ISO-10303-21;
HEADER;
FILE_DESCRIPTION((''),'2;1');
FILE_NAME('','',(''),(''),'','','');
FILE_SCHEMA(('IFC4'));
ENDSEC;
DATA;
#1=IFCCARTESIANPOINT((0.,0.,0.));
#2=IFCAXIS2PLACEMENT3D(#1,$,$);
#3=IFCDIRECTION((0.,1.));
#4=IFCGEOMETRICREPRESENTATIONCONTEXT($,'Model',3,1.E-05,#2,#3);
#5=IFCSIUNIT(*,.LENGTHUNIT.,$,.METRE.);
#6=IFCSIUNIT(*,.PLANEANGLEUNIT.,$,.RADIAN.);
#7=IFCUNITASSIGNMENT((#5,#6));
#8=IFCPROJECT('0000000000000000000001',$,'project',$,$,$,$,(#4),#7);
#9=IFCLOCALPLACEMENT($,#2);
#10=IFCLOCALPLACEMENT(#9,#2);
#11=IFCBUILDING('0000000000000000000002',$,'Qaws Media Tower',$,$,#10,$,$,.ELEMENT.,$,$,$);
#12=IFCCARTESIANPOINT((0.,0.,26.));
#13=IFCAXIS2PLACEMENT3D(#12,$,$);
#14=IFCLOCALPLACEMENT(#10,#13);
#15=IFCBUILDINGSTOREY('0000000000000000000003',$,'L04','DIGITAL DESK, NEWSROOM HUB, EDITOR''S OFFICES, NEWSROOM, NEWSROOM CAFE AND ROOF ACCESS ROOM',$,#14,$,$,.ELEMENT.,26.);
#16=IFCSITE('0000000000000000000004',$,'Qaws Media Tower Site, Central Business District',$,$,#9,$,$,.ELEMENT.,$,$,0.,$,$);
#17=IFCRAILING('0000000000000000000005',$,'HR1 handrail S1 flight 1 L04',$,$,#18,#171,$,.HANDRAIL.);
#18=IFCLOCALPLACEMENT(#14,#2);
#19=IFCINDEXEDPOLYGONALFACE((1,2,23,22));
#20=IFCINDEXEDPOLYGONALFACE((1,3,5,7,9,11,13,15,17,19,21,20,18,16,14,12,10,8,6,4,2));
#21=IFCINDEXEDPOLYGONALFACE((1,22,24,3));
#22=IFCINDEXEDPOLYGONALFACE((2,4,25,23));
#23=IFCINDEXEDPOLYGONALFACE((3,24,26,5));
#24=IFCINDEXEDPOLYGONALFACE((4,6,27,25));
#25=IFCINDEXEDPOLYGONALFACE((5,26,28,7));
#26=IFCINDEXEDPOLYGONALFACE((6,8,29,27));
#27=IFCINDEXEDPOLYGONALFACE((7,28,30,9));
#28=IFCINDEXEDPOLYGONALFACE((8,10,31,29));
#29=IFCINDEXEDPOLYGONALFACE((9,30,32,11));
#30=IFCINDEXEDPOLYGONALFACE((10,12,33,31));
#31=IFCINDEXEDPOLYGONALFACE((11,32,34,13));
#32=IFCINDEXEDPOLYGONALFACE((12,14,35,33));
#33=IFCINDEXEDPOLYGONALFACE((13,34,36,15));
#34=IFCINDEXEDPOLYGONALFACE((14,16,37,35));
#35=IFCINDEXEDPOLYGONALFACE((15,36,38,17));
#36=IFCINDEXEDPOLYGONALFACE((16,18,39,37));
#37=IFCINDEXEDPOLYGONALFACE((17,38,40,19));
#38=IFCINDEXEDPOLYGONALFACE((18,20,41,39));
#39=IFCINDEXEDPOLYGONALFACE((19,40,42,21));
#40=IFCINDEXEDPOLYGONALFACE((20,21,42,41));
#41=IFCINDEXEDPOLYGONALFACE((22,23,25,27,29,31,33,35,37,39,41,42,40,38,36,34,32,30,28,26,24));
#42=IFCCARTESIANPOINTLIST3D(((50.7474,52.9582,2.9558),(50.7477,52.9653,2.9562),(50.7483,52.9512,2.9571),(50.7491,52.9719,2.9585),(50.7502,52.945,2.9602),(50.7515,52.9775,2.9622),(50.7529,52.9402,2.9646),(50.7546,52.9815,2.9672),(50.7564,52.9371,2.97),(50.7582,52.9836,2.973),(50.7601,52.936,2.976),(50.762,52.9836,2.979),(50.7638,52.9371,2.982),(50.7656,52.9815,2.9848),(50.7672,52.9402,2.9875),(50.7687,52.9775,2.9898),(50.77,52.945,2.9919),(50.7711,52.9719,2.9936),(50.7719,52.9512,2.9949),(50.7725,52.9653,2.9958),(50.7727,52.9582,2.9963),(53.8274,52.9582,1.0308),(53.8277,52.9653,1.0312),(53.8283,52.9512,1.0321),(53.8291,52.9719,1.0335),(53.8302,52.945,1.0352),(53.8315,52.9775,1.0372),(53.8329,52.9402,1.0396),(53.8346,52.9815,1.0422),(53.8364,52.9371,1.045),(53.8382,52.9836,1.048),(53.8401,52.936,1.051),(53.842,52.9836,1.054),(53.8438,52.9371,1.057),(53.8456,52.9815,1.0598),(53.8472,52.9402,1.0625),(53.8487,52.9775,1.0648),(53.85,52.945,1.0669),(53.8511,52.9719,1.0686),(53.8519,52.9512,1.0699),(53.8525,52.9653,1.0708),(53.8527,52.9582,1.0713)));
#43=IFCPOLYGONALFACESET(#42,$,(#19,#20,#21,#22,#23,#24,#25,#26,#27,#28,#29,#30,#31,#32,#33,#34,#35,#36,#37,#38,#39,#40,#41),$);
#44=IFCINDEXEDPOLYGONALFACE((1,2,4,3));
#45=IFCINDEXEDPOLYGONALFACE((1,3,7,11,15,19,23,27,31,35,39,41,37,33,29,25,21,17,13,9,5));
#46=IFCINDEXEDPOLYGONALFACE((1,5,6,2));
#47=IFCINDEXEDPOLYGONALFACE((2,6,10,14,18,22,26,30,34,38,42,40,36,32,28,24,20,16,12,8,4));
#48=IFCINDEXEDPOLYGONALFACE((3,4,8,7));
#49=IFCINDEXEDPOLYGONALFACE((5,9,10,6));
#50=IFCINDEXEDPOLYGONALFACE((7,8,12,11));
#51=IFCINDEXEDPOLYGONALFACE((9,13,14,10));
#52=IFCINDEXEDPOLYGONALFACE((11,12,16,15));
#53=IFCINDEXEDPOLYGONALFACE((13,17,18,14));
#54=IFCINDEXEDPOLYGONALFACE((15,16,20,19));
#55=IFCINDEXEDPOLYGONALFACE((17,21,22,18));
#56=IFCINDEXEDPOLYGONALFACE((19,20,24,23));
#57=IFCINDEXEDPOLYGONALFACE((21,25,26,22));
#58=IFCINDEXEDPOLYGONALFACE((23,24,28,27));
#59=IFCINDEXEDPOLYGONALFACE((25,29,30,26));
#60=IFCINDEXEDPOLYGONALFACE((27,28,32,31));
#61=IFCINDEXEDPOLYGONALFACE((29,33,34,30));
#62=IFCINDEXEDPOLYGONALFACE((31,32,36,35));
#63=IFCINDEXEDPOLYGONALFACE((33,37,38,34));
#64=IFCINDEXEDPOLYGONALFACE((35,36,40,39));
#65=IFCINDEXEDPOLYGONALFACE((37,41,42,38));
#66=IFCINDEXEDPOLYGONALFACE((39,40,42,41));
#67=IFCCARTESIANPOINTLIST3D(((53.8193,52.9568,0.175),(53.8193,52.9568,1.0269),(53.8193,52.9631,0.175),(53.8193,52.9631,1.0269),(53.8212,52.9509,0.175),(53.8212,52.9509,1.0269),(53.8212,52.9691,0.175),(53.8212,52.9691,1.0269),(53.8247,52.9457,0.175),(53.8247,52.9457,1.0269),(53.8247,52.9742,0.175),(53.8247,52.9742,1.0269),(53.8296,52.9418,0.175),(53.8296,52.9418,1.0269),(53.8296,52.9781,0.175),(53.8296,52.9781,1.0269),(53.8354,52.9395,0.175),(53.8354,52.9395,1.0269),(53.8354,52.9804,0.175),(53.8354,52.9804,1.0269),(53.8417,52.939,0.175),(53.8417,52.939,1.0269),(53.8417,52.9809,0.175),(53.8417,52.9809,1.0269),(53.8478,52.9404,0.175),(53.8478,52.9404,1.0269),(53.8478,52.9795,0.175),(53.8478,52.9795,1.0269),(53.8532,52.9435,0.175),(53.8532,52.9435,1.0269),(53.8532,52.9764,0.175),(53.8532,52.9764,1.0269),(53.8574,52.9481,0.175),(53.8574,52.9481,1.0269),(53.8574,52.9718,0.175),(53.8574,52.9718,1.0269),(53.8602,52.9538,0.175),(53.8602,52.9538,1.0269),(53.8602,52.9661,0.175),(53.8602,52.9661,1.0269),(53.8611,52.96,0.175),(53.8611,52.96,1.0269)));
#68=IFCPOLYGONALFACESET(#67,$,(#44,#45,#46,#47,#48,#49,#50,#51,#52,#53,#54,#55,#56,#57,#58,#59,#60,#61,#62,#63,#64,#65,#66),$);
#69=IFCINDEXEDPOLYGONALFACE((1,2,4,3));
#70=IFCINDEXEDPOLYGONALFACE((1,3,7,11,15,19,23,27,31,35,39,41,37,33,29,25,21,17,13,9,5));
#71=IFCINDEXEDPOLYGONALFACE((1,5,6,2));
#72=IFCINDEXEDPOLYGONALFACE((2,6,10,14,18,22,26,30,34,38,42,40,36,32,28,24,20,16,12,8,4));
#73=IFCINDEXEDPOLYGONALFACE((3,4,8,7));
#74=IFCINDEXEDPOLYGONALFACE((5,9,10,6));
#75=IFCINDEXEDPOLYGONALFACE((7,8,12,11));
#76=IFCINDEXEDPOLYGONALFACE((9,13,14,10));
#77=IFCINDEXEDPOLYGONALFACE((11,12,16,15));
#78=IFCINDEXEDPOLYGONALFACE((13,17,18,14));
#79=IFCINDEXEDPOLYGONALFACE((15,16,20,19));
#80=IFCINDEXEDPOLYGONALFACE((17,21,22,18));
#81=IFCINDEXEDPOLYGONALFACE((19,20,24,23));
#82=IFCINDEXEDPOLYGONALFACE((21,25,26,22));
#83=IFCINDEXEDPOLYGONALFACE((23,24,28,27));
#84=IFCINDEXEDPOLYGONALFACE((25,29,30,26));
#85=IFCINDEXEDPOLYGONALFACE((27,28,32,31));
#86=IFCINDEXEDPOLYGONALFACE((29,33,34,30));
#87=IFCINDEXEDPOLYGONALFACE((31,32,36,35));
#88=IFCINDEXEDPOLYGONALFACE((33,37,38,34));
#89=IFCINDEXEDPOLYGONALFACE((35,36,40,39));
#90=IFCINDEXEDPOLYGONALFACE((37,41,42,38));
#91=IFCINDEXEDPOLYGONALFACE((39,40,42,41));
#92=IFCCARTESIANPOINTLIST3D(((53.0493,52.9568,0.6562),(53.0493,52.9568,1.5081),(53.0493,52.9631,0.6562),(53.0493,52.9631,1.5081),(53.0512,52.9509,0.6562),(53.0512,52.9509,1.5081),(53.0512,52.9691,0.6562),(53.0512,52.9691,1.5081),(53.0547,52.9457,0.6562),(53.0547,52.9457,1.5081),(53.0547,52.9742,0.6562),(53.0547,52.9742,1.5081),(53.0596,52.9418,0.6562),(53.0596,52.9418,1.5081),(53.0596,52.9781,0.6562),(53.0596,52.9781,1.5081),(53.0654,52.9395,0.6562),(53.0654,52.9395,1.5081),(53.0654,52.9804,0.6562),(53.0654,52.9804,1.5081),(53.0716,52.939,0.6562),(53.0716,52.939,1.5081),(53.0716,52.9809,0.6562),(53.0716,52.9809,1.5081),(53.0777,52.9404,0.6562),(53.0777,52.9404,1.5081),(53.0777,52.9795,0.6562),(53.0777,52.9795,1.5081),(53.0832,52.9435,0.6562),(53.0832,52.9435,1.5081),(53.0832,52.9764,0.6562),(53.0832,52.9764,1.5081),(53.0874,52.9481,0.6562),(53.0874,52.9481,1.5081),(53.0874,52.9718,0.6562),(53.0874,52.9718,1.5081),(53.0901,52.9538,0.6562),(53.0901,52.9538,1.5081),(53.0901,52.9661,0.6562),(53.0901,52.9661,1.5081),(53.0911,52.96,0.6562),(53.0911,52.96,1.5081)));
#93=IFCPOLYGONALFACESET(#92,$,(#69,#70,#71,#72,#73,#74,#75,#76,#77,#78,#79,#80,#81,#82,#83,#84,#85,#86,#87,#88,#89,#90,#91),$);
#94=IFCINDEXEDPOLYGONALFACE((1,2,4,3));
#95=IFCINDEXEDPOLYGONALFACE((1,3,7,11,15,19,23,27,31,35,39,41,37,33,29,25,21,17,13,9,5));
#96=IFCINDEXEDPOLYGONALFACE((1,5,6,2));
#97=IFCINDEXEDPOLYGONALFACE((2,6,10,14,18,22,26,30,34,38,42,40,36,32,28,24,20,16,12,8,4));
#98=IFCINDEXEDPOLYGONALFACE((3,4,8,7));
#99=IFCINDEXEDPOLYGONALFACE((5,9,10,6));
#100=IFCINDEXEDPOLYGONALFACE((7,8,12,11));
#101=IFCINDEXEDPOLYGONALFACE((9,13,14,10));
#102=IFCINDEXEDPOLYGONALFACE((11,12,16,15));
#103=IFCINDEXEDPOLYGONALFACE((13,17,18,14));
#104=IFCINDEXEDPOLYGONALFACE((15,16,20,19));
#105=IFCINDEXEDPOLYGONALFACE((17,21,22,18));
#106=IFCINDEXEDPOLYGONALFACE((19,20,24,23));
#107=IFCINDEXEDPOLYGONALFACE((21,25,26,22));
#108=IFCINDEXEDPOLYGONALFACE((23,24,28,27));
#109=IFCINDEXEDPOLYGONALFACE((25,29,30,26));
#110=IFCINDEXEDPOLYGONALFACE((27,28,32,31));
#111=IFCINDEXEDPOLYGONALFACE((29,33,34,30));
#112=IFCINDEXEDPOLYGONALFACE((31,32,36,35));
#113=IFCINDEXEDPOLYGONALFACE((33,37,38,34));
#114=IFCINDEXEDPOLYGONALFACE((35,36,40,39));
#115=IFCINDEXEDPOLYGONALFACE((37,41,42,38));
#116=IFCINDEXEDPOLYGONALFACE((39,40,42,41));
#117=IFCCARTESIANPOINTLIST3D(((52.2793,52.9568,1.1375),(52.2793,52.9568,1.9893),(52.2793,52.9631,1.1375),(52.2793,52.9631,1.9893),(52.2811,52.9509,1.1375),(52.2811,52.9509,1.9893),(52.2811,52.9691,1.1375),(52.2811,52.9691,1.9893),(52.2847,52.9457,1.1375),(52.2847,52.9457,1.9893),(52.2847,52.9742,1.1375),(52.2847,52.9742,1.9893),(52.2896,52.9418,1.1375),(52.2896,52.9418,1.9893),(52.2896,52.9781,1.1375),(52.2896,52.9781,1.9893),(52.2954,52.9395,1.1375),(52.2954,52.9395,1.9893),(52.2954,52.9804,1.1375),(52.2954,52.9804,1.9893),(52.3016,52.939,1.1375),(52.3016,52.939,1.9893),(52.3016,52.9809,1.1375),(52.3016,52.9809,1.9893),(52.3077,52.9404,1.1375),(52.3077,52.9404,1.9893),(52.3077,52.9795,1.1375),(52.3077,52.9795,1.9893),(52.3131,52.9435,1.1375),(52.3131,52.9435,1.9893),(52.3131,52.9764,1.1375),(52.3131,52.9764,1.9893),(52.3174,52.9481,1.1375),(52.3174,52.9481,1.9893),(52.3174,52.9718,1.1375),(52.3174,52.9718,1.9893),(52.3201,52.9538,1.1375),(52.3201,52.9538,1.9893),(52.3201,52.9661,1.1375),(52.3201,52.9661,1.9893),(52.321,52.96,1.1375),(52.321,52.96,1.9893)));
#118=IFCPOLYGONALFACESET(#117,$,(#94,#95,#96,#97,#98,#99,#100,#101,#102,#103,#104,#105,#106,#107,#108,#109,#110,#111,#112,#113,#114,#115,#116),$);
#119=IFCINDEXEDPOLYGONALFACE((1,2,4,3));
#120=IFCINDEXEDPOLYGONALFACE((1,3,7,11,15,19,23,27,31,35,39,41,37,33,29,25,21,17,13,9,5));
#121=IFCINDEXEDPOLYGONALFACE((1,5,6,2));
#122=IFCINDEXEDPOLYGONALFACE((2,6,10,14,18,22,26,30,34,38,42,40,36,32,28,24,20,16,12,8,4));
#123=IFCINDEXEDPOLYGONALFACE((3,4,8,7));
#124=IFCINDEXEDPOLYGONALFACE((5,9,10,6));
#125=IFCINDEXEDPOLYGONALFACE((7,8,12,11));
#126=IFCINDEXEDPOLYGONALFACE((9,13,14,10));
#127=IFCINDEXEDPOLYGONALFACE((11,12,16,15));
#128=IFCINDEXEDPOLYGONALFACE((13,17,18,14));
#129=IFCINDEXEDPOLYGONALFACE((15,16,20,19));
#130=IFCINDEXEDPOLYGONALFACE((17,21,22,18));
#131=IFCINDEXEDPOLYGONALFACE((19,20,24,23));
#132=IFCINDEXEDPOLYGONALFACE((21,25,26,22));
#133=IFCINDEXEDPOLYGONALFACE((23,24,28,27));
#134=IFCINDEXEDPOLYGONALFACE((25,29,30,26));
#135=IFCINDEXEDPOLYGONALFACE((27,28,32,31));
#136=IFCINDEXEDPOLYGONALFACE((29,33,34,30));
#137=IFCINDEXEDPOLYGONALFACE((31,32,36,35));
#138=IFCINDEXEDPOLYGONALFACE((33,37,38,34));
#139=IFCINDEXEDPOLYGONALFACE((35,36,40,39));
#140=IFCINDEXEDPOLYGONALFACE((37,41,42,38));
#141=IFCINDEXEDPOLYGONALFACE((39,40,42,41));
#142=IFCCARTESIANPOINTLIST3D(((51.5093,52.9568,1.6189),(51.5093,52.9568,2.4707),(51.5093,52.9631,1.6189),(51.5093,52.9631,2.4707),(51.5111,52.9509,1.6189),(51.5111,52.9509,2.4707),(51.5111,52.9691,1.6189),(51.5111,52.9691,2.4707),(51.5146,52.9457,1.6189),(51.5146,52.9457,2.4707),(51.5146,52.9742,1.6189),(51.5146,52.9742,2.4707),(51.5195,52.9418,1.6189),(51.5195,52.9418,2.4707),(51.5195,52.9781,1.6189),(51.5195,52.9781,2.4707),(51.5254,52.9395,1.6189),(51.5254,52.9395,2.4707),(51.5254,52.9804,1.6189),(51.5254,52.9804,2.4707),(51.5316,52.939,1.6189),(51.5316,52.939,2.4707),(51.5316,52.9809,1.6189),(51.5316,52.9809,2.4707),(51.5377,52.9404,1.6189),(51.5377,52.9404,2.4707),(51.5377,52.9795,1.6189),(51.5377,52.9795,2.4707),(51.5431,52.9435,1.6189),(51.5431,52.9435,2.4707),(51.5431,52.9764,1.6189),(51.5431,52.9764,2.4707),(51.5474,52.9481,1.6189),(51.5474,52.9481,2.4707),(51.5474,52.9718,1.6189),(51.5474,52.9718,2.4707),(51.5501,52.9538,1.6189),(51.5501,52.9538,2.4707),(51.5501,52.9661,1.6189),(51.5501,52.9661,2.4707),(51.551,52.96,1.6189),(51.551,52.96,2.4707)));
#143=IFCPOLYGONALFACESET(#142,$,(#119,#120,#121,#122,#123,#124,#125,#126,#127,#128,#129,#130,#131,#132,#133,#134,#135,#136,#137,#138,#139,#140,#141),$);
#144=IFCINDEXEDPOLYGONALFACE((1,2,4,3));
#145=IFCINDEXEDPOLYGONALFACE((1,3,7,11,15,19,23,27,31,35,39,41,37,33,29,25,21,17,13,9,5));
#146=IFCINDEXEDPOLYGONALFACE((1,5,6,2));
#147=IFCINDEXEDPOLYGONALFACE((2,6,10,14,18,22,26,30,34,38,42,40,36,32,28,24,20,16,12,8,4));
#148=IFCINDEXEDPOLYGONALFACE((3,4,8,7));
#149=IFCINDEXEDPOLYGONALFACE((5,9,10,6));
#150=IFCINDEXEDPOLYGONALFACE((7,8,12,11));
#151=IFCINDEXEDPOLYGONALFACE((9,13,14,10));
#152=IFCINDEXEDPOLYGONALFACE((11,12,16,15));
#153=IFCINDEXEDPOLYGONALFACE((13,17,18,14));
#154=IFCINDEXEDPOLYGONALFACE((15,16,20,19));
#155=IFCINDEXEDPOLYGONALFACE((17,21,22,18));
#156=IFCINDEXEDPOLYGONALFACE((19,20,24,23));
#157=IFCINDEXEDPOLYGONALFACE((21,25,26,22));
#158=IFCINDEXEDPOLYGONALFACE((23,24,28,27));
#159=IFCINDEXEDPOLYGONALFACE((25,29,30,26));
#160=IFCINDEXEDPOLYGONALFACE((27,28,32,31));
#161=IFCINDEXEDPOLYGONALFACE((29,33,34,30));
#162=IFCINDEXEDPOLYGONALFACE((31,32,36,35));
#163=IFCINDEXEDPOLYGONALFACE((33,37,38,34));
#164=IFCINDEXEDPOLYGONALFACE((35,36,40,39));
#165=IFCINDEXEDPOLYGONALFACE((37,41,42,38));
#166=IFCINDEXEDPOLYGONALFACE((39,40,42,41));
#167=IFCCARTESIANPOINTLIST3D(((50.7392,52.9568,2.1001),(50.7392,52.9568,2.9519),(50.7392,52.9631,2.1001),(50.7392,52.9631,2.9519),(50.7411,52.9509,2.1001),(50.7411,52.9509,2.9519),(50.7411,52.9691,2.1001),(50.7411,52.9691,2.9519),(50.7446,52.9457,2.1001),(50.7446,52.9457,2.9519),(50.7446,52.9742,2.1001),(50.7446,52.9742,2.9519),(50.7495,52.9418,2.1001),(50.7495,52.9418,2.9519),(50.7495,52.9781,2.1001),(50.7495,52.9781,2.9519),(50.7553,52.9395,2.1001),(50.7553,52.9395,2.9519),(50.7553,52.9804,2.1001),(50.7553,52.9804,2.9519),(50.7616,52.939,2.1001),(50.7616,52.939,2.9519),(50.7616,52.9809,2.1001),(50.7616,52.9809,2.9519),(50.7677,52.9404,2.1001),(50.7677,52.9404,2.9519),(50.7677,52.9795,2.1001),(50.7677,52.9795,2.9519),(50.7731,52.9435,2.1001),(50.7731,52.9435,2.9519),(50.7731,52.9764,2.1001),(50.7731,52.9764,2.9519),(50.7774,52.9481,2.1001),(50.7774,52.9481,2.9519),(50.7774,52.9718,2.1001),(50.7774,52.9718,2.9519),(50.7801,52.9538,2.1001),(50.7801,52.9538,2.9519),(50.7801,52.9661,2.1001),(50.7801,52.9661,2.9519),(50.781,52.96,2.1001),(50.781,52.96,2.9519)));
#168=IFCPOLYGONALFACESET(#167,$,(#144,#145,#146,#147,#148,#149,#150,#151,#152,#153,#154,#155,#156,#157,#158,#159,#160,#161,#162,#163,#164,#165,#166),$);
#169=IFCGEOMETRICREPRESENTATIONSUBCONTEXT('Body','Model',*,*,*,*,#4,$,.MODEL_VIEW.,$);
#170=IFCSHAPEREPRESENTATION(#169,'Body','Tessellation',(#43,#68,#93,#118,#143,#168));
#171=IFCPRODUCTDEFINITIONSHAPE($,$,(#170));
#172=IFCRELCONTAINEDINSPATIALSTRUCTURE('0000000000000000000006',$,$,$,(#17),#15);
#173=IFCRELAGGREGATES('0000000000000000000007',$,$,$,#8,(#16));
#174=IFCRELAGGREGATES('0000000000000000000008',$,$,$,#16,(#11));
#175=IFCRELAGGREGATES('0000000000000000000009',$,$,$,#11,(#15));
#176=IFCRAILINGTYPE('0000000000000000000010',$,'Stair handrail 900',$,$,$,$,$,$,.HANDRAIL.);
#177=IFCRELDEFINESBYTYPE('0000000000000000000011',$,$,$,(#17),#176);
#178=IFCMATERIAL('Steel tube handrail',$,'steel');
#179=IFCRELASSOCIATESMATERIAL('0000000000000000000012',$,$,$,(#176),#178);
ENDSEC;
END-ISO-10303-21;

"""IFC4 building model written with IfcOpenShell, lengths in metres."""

from ifc_helpers import new_model, si_unit, direction, frame, origin, origin_2d, place, context, subcontext, project, spatial, circle, extrude, material, type_object, element, save


model = new_model("IFC4")

# Units and contexts
model_context = context("Model", 3, precision=1e-05, world=origin(), true_north=direction((0.0, 1.0)))
body_context = subcontext(model_context, "Body", "Model", "MODEL_VIEW")
ifc_project = project(units=[si_unit("LENGTHUNIT", "METRE"), si_unit("PLANEANGLEUNIT", "RADIAN")], contexts=[model_context])

# Site, building, storey
site_placement = place(None, origin())
site = spatial("IfcSite", under=ifc_project, at=site_placement, Name="Qaws Media Tower Site, Central Business District", CompositionType="ELEMENT", RefElevation=0.0)
building_placement = place(site_placement, origin())
building = spatial("IfcBuilding", under=site, at=building_placement, Name="Qaws Media Tower", CompositionType="ELEMENT")
storey_placement = place(building_placement, frame((0.0, 0.0, 26.0)))
storey = spatial("IfcBuildingStorey", under=building, at=storey_placement, Name="L04", Description="DIGITAL DESK, NEWSROOM HUB, EDITOR'S OFFICES, NEWSROOM, NEWSROOM CAFE AND ROOF ACCESS ROOM", CompositionType="ELEMENT", Elevation=26.0)

# Railing
ifc_material_1 = material(Name="Steel tube handrail", Category="steel")
railing_type = type_object("IfcRailingType", Name="Stair handrail 900", PredefinedType="HANDRAIL", material=ifc_material_1)
railing_placement = place(storey_placement, frame((53.8401, 52.96, 0.175)))
element("IfcRailing", 1, at=railing_placement, inside=storey, type_object=railing_type, Name="HR1 handrail S1 flight 1 L04", PredefinedType="HANDRAIL", context=body_context, shape_type="SweptSolid", body=[
    extrude(circle(Radius=0.0239, at=origin_2d()), frame((0.0, 0.0, 0.876), z_axis=(-0.847998, 0.0, 0.529999), x_axis=(0.0, -1.0, 0.0)), (0.0, 0.0, 1.0), 3.6321),
    extrude(circle(Radius=0.021, at=origin_2d()), origin(), (0.0, 0.0, 1.0), 0.8518),
    extrude(circle(Radius=0.021, at=origin_2d()), frame((-0.77, 0.0, 0.4812)), (0.0, 0.0, 1.0), 0.8518),
    extrude(circle(Radius=0.021, at=origin_2d()), frame((-1.54, 0.0, 0.9624)), (0.0, 0.0, 1.0), 0.8518),
    extrude(circle(Radius=0.021, at=origin_2d()), frame((-2.3101, 0.0, 1.4438)), (0.0, 0.0, 1.0), 0.8518),
    extrude(circle(Radius=0.021, at=origin_2d()), frame((-3.0801, 0.0, 1.925)), (0.0, 0.0, 1.0), 0.8518),
])

save(model, "model.ifc")
